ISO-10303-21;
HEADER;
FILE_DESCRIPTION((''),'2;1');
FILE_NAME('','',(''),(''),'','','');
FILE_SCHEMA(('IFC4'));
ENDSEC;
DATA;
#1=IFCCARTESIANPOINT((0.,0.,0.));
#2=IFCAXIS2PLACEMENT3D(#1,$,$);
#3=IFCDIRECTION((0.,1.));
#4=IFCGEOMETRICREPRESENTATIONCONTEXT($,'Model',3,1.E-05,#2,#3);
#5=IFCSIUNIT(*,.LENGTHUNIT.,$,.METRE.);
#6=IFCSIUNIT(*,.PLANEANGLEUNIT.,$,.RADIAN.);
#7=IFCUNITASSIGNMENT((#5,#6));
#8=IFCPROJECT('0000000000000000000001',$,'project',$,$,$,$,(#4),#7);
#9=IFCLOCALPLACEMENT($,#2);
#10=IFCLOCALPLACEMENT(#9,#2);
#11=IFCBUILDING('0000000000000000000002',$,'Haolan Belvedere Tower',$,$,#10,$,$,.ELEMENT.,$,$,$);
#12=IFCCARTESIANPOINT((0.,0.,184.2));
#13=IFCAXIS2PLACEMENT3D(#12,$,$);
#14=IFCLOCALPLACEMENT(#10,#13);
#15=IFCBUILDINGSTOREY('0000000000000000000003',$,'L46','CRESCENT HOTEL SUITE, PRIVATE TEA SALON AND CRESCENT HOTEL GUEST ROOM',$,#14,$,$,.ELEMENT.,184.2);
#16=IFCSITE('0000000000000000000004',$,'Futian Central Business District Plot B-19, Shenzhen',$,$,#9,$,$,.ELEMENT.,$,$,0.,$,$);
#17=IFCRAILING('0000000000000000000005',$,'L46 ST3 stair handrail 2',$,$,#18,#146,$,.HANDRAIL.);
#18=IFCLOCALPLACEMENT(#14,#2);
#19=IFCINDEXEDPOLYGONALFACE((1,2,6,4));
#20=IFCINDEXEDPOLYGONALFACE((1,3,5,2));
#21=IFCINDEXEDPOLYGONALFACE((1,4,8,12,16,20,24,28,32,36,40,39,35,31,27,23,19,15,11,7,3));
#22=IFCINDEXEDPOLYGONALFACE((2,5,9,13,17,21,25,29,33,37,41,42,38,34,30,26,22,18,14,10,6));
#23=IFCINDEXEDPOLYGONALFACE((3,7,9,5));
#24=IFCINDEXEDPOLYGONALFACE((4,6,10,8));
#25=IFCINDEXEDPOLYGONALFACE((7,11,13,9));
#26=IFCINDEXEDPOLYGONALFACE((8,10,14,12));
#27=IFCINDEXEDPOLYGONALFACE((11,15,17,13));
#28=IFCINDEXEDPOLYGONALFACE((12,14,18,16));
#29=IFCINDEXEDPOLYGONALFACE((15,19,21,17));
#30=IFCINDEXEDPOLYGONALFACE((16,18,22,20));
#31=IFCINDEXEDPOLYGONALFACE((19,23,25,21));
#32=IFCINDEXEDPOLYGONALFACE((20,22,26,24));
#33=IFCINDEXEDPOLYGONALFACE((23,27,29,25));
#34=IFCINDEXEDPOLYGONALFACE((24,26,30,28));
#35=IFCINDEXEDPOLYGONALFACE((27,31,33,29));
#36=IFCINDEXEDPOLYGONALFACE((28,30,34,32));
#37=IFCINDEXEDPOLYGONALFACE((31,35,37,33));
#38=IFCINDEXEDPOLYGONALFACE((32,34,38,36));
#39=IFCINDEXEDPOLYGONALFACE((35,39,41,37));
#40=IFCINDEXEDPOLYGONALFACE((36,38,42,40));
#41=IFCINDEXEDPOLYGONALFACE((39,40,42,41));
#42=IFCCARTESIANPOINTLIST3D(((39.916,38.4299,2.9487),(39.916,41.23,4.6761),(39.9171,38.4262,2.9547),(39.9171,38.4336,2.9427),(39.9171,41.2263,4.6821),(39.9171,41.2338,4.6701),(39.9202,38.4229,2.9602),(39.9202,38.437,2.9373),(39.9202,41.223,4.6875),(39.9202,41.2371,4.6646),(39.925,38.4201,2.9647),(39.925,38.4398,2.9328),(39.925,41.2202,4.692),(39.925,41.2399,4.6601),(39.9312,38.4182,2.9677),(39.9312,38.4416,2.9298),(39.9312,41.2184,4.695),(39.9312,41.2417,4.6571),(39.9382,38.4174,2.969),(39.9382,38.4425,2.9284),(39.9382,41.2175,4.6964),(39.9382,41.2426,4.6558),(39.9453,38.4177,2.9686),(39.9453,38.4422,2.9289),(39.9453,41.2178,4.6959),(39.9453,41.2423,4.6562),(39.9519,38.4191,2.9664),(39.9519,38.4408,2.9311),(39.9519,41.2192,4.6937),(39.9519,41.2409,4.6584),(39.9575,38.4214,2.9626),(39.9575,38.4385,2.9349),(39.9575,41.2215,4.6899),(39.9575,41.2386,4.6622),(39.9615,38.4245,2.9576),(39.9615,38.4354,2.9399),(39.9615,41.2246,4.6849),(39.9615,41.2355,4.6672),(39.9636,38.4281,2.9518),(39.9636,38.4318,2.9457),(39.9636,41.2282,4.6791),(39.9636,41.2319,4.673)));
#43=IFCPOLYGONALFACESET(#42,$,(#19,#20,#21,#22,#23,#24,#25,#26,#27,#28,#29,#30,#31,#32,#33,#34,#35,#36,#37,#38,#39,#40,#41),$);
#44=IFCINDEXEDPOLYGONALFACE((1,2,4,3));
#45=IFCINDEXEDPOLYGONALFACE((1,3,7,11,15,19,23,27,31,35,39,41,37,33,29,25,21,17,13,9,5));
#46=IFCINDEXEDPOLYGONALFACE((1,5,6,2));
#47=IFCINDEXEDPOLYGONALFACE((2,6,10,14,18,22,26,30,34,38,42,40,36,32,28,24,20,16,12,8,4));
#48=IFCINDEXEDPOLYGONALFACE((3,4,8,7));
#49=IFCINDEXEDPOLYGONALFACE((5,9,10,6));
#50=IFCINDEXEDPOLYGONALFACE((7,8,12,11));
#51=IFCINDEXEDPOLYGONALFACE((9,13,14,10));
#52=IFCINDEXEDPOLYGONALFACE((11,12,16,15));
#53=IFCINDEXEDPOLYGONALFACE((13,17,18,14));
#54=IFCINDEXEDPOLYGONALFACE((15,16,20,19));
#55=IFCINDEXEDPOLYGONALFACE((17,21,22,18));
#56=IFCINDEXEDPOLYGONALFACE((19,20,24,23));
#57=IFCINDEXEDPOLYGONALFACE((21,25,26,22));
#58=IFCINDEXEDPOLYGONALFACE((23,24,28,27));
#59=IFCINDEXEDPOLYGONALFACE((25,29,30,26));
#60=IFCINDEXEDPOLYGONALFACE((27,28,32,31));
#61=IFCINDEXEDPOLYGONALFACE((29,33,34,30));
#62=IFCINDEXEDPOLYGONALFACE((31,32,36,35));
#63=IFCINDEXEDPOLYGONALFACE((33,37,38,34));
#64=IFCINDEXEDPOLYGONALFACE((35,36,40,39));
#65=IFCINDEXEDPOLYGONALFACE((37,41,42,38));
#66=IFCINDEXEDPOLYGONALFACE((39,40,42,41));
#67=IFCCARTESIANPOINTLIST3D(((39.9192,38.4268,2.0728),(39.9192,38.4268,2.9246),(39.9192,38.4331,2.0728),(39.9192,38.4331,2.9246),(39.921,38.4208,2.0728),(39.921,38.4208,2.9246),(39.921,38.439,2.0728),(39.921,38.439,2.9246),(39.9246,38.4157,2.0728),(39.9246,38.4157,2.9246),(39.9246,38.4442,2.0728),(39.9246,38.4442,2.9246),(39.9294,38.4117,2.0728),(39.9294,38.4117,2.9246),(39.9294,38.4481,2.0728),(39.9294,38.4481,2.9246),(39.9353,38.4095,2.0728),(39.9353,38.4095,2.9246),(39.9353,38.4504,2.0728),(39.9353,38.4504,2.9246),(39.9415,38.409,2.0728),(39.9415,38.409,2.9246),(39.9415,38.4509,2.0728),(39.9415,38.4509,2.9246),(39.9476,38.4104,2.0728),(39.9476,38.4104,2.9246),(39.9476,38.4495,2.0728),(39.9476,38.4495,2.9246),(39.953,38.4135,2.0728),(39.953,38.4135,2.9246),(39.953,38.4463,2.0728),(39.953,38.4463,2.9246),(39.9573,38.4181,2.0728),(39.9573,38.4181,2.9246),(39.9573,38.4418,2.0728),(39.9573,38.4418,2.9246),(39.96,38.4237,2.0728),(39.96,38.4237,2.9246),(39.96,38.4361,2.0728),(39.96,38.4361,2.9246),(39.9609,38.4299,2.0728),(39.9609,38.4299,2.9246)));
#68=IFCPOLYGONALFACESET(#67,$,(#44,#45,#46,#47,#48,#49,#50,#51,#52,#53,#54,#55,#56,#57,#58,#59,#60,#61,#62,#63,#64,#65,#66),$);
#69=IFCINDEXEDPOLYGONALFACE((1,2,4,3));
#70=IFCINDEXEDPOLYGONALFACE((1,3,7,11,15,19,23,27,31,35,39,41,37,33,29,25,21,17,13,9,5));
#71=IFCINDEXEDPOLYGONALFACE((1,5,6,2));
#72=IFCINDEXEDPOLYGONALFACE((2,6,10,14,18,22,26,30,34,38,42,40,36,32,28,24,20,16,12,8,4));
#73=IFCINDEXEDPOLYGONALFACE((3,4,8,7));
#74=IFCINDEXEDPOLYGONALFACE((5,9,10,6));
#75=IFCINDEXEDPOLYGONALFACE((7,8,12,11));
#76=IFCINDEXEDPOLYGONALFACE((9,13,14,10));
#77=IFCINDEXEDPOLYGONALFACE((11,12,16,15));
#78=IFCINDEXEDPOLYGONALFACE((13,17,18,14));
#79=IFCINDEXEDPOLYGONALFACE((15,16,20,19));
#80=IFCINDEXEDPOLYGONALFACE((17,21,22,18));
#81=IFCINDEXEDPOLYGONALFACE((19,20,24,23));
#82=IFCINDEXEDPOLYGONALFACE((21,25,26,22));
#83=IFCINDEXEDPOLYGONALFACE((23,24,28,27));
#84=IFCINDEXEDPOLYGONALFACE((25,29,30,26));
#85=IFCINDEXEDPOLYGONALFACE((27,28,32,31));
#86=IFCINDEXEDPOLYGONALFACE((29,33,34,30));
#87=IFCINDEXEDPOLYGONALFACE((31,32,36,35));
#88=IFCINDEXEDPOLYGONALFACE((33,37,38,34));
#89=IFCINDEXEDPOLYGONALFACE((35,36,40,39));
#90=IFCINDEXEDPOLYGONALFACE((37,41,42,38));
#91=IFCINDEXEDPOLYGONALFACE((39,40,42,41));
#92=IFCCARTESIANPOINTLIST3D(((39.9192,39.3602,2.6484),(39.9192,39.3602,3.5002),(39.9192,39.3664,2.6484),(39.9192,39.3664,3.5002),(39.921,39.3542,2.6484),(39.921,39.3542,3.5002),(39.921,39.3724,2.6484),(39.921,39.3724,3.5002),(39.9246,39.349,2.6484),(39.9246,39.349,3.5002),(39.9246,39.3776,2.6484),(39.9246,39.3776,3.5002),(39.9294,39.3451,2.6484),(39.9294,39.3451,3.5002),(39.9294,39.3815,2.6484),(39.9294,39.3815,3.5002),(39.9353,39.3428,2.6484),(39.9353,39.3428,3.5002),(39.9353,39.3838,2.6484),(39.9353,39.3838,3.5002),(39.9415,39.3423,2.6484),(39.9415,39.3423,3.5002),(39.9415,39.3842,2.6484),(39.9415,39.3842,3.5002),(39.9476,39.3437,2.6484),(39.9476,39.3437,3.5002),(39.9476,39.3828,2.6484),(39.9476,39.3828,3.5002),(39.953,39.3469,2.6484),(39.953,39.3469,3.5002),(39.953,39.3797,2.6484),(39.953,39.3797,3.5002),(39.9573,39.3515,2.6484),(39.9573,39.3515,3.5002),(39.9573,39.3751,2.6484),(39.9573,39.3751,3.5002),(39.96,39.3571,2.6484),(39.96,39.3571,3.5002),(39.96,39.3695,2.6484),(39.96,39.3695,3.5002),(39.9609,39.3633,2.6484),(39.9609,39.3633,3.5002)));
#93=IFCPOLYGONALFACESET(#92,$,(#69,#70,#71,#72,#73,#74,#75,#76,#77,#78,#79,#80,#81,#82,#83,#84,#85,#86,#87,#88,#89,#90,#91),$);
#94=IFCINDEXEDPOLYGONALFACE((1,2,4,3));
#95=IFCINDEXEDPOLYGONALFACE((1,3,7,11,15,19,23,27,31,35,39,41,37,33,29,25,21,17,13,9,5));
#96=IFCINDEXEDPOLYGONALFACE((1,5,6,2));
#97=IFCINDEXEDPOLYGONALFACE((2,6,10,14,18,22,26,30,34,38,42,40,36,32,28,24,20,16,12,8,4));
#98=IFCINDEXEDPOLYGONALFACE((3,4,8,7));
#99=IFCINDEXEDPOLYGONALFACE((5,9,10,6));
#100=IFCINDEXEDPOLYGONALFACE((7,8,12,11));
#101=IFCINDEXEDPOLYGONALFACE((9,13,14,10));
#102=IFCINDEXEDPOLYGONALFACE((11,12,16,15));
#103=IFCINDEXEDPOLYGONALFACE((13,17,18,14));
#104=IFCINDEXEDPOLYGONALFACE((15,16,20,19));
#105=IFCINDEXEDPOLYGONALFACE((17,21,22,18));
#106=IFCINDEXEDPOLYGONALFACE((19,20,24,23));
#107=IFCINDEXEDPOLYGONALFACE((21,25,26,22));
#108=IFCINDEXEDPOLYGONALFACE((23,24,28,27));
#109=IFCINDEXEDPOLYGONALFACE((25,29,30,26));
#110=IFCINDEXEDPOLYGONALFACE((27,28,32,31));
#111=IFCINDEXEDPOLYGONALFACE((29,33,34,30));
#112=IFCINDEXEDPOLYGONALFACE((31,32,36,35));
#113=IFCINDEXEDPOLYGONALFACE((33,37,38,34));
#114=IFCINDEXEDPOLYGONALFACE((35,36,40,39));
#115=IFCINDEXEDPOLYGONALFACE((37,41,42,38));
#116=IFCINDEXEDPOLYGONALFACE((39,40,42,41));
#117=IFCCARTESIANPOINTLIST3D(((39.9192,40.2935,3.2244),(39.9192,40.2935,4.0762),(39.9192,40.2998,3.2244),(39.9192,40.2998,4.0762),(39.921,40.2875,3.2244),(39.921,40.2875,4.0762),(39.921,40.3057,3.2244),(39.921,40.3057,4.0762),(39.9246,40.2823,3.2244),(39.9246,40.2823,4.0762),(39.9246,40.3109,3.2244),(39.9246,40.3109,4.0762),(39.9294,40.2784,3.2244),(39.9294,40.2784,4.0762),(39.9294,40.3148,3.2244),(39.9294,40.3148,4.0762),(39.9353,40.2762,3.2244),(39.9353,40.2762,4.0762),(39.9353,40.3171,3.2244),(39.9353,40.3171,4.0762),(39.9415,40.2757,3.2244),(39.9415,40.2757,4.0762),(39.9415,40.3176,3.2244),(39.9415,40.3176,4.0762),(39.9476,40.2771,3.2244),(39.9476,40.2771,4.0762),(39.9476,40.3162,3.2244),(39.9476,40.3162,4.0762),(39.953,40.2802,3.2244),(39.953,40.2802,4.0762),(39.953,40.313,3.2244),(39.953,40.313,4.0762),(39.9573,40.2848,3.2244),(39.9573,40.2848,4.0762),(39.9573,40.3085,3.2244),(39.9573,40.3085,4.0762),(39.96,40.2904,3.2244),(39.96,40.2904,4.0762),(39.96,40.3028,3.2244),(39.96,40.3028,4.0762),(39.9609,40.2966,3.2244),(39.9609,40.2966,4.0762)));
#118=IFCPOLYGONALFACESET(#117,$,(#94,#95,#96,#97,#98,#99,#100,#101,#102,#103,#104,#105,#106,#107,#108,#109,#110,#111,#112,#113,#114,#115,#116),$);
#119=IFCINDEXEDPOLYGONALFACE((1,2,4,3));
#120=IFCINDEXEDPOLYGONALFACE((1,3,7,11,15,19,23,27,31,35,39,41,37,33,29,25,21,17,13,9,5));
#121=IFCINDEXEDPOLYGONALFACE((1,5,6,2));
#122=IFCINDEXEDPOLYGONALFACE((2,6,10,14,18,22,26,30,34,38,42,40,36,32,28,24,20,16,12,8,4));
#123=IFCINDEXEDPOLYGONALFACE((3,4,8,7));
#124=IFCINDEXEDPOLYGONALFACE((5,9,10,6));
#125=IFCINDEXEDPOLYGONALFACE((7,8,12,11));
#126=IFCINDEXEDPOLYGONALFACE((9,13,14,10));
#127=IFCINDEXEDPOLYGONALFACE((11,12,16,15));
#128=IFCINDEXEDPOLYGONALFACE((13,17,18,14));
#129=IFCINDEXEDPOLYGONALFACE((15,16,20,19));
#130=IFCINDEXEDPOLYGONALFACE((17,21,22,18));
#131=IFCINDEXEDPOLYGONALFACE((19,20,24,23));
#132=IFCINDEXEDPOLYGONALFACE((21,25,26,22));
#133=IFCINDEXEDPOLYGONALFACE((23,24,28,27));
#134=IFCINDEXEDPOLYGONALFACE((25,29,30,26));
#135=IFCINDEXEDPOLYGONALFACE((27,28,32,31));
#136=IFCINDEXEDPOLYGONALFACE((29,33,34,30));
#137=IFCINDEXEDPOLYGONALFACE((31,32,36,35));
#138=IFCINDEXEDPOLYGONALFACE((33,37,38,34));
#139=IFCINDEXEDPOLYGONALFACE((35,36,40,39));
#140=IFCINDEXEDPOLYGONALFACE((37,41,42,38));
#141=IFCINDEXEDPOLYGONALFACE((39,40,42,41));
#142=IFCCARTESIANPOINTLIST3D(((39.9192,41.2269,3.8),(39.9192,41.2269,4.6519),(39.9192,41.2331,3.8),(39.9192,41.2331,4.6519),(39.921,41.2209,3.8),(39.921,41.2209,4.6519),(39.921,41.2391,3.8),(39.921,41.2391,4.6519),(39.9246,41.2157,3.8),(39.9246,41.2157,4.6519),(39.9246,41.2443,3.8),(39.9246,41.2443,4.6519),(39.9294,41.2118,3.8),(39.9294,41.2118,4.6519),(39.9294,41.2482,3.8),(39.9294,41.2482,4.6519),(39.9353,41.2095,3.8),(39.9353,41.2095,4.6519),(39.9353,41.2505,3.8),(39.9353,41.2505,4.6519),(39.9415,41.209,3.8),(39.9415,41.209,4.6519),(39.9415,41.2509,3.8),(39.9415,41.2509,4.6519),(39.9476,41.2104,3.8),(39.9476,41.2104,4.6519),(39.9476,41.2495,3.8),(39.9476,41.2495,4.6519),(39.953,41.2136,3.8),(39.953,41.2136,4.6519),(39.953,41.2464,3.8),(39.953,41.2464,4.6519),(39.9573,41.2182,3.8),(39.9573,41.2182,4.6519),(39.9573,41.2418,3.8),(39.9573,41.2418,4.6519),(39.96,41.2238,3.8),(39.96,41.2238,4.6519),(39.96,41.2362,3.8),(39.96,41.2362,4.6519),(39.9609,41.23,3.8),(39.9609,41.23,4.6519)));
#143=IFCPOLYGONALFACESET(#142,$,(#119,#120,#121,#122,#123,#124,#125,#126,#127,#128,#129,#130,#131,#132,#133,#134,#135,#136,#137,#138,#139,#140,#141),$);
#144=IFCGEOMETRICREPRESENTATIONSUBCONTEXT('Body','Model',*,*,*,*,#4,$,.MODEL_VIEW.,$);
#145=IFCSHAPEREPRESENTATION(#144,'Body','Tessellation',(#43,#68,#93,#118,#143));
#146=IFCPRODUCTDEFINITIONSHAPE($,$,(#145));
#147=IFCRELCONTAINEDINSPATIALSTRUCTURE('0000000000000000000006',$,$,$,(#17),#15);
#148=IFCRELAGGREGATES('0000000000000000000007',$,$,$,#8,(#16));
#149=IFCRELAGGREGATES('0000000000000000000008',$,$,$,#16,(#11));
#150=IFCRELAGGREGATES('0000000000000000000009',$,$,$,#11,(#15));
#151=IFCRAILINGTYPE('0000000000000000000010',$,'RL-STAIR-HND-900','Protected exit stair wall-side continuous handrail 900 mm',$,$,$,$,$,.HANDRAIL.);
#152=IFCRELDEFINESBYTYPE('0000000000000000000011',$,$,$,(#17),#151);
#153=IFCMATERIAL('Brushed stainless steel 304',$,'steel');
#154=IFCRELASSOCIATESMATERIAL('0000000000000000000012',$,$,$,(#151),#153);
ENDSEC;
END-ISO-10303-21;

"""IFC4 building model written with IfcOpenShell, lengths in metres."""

from ifc_helpers import new_model, si_unit, direction, frame, origin, origin_2d, place, context, subcontext, project, spatial, circle, extrude, material, type_object, element, save


model = new_model("IFC4")

# Units and contexts
model_context = context("Model", 3, precision=1e-05, world=origin(), true_north=direction((0.0, 1.0)))
body_context = subcontext(model_context, "Body", "Model", "MODEL_VIEW")
ifc_project = project(units=[si_unit("LENGTHUNIT", "METRE"), si_unit("PLANEANGLEUNIT", "RADIAN")], contexts=[model_context])

# Site, building, storey
site_placement = place(None, origin())
site = spatial("IfcSite", under=ifc_project, at=site_placement, Name="Futian Central Business District Plot B-19, Shenzhen", CompositionType="ELEMENT", RefElevation=0.0)
building_placement = place(site_placement, origin())
building = spatial("IfcBuilding", under=site, at=building_placement, Name="Haolan Belvedere Tower", CompositionType="ELEMENT")
storey_placement = place(building_placement, frame((0.0, 0.0, 184.2)))
storey = spatial("IfcBuildingStorey", under=building, at=storey_placement, Name="L46", Description="CRESCENT HOTEL SUITE, PRIVATE TEA SALON AND CRESCENT HOTEL GUEST ROOM", CompositionType="ELEMENT", Elevation=184.2)

# Railing
ifc_material_1 = material(Name="Brushed stainless steel 304", Category="steel")
railing_type_1 = type_object("IfcRailingType", Name="RL-STAIR-HND-900", Description="Protected exit stair wall-side continuous handrail 900 mm", PredefinedType="HANDRAIL", material=ifc_material_1)
railing_1_placement = place(storey_placement, frame((39.9399, 38.4299, 2.0728)))
element("IfcRailing", 1, at=railing_1_placement, inside=storey, type_object=railing_type_1, Name="L46 ST3 stair handrail 2", PredefinedType="HANDRAIL", context=body_context, shape_type="SweptSolid", body=[
    extrude(circle(Radius=0.0239, at=origin_2d()), frame((0.0, 0.0, 0.876), z_axis=(0.0, 0.85109, 0.52502), x_axis=(-1.0, 0.0, 0.0)), (0.0, 0.0, 1.0), 3.29),
    extrude(circle(Radius=0.021, at=origin_2d()), origin(), (0.0, 0.0, 1.0), 0.8518),
    extrude(circle(Radius=0.021, at=origin_2d()), frame((0.0, 0.9333, 0.5757)), (0.0, 0.0, 1.0), 0.8518),
    extrude(circle(Radius=0.021, at=origin_2d()), frame((0.0, 1.8667, 1.1516)), (0.0, 0.0, 1.0), 0.8518),
    extrude(circle(Radius=0.021, at=origin_2d()), frame((0.0, 2.8, 1.7273)), (0.0, 0.0, 1.0), 0.8518),
])

save(model, "model.ifc")
